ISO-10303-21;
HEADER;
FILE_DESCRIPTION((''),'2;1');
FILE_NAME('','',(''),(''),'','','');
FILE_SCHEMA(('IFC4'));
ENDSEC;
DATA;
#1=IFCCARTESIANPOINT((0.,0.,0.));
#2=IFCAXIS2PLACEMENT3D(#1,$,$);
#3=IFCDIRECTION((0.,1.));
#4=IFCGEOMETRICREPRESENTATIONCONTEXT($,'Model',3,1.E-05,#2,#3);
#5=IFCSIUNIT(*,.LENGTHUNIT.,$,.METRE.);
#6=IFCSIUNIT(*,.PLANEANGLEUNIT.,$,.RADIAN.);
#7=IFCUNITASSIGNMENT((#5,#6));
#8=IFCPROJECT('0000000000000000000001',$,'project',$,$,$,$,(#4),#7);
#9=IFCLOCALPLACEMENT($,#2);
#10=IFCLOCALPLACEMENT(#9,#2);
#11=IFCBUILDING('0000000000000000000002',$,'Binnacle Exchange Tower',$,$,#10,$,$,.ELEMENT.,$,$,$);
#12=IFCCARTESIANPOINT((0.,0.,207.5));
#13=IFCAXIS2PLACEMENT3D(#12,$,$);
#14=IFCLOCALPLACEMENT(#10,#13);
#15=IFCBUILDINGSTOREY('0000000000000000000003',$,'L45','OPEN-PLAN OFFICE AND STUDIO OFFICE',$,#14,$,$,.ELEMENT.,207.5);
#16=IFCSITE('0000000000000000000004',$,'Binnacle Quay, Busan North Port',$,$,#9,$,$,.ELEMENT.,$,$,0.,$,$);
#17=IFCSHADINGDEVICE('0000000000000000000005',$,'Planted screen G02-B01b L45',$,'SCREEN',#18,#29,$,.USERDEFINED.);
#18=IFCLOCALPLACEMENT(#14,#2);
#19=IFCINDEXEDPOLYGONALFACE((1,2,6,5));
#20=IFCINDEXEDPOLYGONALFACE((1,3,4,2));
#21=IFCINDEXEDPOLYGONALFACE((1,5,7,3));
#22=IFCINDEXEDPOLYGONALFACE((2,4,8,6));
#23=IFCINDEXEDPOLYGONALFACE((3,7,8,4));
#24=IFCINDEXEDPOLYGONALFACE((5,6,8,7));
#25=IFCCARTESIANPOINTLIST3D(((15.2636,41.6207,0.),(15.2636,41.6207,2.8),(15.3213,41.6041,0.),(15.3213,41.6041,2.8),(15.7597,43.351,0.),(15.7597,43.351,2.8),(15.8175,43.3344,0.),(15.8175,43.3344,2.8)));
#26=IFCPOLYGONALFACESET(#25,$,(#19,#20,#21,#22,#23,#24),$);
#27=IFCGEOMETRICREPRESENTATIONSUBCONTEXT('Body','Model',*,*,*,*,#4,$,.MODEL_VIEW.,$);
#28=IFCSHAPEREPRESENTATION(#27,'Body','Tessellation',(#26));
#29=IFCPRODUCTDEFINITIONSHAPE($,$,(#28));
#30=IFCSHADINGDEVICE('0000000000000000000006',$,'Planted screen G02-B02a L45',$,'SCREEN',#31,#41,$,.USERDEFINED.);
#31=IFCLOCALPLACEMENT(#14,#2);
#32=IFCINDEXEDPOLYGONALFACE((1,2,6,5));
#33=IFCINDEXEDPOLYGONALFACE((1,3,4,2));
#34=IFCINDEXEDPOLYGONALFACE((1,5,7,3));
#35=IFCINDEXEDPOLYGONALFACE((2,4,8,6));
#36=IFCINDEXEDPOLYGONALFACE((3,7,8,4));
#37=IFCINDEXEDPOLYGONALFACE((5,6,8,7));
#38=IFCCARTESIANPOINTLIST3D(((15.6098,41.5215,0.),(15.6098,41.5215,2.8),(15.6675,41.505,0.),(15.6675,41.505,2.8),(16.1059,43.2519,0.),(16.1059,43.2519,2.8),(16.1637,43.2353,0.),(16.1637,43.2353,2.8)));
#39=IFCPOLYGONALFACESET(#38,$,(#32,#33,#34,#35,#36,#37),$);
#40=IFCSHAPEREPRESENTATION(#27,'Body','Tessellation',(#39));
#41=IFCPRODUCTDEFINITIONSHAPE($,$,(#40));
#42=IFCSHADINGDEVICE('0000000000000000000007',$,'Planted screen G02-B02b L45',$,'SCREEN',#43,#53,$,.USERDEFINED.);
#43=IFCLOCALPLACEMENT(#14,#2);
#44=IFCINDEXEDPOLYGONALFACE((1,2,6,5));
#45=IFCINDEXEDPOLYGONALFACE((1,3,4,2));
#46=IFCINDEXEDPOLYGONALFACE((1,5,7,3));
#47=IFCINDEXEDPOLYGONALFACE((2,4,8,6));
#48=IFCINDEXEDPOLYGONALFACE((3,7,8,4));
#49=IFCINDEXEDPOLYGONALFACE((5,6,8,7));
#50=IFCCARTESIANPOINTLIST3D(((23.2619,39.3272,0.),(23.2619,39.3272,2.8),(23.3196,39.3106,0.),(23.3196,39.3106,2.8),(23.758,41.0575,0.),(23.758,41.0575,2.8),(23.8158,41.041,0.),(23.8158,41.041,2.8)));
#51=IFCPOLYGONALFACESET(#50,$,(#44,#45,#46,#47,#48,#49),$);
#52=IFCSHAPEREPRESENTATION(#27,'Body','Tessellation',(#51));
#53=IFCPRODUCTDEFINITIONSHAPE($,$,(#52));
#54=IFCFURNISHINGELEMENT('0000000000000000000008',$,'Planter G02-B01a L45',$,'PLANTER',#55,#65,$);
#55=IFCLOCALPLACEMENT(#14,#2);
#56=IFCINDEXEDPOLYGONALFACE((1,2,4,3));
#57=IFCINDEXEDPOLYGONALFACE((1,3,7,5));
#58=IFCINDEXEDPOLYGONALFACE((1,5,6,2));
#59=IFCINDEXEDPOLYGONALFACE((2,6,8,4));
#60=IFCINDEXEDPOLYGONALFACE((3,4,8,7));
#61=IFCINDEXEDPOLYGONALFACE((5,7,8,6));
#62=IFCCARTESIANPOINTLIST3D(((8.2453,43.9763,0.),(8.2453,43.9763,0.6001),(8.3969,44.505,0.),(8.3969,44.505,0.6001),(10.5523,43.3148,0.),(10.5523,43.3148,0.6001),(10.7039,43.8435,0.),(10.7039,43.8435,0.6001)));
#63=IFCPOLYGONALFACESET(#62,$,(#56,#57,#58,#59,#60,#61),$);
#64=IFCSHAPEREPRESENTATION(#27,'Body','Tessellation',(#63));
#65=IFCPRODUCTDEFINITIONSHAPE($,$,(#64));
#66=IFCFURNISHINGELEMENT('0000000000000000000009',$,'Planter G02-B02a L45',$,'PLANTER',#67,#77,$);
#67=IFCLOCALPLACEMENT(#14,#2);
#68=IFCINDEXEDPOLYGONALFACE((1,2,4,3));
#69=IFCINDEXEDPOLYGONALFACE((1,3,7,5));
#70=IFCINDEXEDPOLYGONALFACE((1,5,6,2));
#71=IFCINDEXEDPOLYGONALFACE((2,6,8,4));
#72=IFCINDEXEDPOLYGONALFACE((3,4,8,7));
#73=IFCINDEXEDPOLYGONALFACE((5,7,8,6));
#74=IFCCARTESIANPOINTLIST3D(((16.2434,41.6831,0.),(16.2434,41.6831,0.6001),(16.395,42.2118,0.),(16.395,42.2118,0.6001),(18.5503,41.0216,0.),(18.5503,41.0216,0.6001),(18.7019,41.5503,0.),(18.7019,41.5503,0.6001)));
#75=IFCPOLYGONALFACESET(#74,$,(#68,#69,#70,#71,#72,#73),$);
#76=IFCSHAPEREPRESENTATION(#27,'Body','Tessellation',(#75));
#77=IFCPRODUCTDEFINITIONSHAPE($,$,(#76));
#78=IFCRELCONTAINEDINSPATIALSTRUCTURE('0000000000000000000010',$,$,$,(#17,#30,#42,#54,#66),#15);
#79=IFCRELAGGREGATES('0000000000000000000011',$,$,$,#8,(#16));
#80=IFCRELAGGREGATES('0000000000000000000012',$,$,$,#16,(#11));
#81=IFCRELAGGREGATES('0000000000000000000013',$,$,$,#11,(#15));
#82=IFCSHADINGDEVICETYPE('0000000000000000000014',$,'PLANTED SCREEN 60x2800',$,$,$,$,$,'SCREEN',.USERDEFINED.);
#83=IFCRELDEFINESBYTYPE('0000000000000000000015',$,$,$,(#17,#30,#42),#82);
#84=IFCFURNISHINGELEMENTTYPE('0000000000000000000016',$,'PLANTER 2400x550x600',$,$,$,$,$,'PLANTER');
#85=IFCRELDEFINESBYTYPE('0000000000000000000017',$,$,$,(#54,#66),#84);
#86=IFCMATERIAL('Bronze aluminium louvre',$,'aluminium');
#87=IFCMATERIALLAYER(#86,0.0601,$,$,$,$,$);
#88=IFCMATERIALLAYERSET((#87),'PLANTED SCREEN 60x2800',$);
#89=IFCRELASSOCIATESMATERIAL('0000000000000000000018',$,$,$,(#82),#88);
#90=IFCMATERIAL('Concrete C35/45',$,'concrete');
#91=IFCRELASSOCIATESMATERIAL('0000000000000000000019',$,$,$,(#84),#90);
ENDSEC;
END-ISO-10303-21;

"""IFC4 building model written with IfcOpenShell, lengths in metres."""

from ifc_helpers import new_model, si_unit, direction, frame, origin, origin_2d, place, context, subcontext, project, spatial, rectangle, extrude, material, layer, layer_set, type_object, element, save


model = new_model("IFC4")

# Units and contexts
model_context = context("Model", 3, precision=1e-05, world=origin(), true_north=direction((0.0, 1.0)))
body_context = subcontext(model_context, "Body", "Model", "MODEL_VIEW")
ifc_project = project(units=[si_unit("LENGTHUNIT", "METRE"), si_unit("PLANEANGLEUNIT", "RADIAN")], contexts=[model_context])

# Site, building, storey
site_placement = place(None, origin())
site = spatial("IfcSite", under=ifc_project, at=site_placement, Name="Binnacle Quay, Busan North Port", CompositionType="ELEMENT", RefElevation=0.0)
building_placement = place(site_placement, origin())
building = spatial("IfcBuilding", under=site, at=building_placement, Name="Binnacle Exchange Tower", CompositionType="ELEMENT")
storey_placement = place(building_placement, frame((0.0, 0.0, 207.5)))
storey = spatial("IfcBuildingStorey", under=building, at=storey_placement, Name="L45", Description="OPEN-PLAN OFFICE AND STUDIO OFFICE", CompositionType="ELEMENT", Elevation=207.5)

# Shared definitions
ifc_material_1 = material(Name="Concrete C35/45", Category="concrete")

# Shading devices
ifc_material_2 = material(Name="Bronze aluminium louvre", Category="aluminium")
ifc_layer_1 = layer(ifc_material_2, 0.0601)
ifc_layer_set_1 = layer_set([ifc_layer_1], Name="PLANTED SCREEN 60x2800")
shading_device_type = type_object("IfcShadingDeviceType", Name="PLANTED SCREEN 60x2800", ElementType="SCREEN", PredefinedType="USERDEFINED", material=ifc_layer_set_1)
for number, where, z_axis, x_axis, name in (
    (1, (15.5405, 42.4775, 0.0), (0.0, 0.0, 1.0), (0.961262, -0.275637, 0.0), "Planted screen G02-B01b L45"),
    (2, (15.8867, 42.3784, 0.0), (0.0, 0.0, 1.0), (0.961262, -0.275637, 0.0), "Planted screen G02-B02a L45"),
    (3, (23.5388, 40.1841, 0.0), (0.0, 0.0, 1.0), (0.961262, -0.275637, 0.0), "Planted screen G02-B02b L45"),
):
    element("IfcShadingDevice", number, at=place(storey_placement, frame(where, z_axis=z_axis, x_axis=x_axis)), inside=storey, type_object=shading_device_type, Name=name, ObjectType="SCREEN", PredefinedType="USERDEFINED", context=body_context, shape_type="SweptSolid", body=[
        extrude(rectangle(XDim=0.0601, YDim=1.8, at=origin_2d()), origin(), (0.0, 0.0, 1.0), 2.8),
    ])

# Furnishing elements
furnishing_element_type = type_object("IfcFurnishingElementType", Name="PLANTER 2400x550x600", ElementType="PLANTER", material=ifc_material_1)
for number, where, z_axis, x_axis, name in (
    (4, (9.4746, 43.9099, 0.0), (0.0, 0.0, 1.0), (0.961262, -0.275637, 0.0), "Planter G02-B01a L45"),
    (5, (17.4727, 41.6167, 0.0), (0.0, 0.0, 1.0), (0.961262, -0.275637, 0.0), "Planter G02-B02a L45"),
):
    element("IfcFurnishingElement", number, at=place(storey_placement, frame(where, z_axis=z_axis, x_axis=x_axis)), inside=storey, type_object=furnishing_element_type, Name=name, ObjectType="PLANTER", context=body_context, shape_type="SweptSolid", body=[
        extrude(rectangle(XDim=2.3999, YDim=0.55, at=origin_2d()), origin(), (0.0, 0.0, 1.0), 0.6001),
    ])

save(model, "model.ifc")
